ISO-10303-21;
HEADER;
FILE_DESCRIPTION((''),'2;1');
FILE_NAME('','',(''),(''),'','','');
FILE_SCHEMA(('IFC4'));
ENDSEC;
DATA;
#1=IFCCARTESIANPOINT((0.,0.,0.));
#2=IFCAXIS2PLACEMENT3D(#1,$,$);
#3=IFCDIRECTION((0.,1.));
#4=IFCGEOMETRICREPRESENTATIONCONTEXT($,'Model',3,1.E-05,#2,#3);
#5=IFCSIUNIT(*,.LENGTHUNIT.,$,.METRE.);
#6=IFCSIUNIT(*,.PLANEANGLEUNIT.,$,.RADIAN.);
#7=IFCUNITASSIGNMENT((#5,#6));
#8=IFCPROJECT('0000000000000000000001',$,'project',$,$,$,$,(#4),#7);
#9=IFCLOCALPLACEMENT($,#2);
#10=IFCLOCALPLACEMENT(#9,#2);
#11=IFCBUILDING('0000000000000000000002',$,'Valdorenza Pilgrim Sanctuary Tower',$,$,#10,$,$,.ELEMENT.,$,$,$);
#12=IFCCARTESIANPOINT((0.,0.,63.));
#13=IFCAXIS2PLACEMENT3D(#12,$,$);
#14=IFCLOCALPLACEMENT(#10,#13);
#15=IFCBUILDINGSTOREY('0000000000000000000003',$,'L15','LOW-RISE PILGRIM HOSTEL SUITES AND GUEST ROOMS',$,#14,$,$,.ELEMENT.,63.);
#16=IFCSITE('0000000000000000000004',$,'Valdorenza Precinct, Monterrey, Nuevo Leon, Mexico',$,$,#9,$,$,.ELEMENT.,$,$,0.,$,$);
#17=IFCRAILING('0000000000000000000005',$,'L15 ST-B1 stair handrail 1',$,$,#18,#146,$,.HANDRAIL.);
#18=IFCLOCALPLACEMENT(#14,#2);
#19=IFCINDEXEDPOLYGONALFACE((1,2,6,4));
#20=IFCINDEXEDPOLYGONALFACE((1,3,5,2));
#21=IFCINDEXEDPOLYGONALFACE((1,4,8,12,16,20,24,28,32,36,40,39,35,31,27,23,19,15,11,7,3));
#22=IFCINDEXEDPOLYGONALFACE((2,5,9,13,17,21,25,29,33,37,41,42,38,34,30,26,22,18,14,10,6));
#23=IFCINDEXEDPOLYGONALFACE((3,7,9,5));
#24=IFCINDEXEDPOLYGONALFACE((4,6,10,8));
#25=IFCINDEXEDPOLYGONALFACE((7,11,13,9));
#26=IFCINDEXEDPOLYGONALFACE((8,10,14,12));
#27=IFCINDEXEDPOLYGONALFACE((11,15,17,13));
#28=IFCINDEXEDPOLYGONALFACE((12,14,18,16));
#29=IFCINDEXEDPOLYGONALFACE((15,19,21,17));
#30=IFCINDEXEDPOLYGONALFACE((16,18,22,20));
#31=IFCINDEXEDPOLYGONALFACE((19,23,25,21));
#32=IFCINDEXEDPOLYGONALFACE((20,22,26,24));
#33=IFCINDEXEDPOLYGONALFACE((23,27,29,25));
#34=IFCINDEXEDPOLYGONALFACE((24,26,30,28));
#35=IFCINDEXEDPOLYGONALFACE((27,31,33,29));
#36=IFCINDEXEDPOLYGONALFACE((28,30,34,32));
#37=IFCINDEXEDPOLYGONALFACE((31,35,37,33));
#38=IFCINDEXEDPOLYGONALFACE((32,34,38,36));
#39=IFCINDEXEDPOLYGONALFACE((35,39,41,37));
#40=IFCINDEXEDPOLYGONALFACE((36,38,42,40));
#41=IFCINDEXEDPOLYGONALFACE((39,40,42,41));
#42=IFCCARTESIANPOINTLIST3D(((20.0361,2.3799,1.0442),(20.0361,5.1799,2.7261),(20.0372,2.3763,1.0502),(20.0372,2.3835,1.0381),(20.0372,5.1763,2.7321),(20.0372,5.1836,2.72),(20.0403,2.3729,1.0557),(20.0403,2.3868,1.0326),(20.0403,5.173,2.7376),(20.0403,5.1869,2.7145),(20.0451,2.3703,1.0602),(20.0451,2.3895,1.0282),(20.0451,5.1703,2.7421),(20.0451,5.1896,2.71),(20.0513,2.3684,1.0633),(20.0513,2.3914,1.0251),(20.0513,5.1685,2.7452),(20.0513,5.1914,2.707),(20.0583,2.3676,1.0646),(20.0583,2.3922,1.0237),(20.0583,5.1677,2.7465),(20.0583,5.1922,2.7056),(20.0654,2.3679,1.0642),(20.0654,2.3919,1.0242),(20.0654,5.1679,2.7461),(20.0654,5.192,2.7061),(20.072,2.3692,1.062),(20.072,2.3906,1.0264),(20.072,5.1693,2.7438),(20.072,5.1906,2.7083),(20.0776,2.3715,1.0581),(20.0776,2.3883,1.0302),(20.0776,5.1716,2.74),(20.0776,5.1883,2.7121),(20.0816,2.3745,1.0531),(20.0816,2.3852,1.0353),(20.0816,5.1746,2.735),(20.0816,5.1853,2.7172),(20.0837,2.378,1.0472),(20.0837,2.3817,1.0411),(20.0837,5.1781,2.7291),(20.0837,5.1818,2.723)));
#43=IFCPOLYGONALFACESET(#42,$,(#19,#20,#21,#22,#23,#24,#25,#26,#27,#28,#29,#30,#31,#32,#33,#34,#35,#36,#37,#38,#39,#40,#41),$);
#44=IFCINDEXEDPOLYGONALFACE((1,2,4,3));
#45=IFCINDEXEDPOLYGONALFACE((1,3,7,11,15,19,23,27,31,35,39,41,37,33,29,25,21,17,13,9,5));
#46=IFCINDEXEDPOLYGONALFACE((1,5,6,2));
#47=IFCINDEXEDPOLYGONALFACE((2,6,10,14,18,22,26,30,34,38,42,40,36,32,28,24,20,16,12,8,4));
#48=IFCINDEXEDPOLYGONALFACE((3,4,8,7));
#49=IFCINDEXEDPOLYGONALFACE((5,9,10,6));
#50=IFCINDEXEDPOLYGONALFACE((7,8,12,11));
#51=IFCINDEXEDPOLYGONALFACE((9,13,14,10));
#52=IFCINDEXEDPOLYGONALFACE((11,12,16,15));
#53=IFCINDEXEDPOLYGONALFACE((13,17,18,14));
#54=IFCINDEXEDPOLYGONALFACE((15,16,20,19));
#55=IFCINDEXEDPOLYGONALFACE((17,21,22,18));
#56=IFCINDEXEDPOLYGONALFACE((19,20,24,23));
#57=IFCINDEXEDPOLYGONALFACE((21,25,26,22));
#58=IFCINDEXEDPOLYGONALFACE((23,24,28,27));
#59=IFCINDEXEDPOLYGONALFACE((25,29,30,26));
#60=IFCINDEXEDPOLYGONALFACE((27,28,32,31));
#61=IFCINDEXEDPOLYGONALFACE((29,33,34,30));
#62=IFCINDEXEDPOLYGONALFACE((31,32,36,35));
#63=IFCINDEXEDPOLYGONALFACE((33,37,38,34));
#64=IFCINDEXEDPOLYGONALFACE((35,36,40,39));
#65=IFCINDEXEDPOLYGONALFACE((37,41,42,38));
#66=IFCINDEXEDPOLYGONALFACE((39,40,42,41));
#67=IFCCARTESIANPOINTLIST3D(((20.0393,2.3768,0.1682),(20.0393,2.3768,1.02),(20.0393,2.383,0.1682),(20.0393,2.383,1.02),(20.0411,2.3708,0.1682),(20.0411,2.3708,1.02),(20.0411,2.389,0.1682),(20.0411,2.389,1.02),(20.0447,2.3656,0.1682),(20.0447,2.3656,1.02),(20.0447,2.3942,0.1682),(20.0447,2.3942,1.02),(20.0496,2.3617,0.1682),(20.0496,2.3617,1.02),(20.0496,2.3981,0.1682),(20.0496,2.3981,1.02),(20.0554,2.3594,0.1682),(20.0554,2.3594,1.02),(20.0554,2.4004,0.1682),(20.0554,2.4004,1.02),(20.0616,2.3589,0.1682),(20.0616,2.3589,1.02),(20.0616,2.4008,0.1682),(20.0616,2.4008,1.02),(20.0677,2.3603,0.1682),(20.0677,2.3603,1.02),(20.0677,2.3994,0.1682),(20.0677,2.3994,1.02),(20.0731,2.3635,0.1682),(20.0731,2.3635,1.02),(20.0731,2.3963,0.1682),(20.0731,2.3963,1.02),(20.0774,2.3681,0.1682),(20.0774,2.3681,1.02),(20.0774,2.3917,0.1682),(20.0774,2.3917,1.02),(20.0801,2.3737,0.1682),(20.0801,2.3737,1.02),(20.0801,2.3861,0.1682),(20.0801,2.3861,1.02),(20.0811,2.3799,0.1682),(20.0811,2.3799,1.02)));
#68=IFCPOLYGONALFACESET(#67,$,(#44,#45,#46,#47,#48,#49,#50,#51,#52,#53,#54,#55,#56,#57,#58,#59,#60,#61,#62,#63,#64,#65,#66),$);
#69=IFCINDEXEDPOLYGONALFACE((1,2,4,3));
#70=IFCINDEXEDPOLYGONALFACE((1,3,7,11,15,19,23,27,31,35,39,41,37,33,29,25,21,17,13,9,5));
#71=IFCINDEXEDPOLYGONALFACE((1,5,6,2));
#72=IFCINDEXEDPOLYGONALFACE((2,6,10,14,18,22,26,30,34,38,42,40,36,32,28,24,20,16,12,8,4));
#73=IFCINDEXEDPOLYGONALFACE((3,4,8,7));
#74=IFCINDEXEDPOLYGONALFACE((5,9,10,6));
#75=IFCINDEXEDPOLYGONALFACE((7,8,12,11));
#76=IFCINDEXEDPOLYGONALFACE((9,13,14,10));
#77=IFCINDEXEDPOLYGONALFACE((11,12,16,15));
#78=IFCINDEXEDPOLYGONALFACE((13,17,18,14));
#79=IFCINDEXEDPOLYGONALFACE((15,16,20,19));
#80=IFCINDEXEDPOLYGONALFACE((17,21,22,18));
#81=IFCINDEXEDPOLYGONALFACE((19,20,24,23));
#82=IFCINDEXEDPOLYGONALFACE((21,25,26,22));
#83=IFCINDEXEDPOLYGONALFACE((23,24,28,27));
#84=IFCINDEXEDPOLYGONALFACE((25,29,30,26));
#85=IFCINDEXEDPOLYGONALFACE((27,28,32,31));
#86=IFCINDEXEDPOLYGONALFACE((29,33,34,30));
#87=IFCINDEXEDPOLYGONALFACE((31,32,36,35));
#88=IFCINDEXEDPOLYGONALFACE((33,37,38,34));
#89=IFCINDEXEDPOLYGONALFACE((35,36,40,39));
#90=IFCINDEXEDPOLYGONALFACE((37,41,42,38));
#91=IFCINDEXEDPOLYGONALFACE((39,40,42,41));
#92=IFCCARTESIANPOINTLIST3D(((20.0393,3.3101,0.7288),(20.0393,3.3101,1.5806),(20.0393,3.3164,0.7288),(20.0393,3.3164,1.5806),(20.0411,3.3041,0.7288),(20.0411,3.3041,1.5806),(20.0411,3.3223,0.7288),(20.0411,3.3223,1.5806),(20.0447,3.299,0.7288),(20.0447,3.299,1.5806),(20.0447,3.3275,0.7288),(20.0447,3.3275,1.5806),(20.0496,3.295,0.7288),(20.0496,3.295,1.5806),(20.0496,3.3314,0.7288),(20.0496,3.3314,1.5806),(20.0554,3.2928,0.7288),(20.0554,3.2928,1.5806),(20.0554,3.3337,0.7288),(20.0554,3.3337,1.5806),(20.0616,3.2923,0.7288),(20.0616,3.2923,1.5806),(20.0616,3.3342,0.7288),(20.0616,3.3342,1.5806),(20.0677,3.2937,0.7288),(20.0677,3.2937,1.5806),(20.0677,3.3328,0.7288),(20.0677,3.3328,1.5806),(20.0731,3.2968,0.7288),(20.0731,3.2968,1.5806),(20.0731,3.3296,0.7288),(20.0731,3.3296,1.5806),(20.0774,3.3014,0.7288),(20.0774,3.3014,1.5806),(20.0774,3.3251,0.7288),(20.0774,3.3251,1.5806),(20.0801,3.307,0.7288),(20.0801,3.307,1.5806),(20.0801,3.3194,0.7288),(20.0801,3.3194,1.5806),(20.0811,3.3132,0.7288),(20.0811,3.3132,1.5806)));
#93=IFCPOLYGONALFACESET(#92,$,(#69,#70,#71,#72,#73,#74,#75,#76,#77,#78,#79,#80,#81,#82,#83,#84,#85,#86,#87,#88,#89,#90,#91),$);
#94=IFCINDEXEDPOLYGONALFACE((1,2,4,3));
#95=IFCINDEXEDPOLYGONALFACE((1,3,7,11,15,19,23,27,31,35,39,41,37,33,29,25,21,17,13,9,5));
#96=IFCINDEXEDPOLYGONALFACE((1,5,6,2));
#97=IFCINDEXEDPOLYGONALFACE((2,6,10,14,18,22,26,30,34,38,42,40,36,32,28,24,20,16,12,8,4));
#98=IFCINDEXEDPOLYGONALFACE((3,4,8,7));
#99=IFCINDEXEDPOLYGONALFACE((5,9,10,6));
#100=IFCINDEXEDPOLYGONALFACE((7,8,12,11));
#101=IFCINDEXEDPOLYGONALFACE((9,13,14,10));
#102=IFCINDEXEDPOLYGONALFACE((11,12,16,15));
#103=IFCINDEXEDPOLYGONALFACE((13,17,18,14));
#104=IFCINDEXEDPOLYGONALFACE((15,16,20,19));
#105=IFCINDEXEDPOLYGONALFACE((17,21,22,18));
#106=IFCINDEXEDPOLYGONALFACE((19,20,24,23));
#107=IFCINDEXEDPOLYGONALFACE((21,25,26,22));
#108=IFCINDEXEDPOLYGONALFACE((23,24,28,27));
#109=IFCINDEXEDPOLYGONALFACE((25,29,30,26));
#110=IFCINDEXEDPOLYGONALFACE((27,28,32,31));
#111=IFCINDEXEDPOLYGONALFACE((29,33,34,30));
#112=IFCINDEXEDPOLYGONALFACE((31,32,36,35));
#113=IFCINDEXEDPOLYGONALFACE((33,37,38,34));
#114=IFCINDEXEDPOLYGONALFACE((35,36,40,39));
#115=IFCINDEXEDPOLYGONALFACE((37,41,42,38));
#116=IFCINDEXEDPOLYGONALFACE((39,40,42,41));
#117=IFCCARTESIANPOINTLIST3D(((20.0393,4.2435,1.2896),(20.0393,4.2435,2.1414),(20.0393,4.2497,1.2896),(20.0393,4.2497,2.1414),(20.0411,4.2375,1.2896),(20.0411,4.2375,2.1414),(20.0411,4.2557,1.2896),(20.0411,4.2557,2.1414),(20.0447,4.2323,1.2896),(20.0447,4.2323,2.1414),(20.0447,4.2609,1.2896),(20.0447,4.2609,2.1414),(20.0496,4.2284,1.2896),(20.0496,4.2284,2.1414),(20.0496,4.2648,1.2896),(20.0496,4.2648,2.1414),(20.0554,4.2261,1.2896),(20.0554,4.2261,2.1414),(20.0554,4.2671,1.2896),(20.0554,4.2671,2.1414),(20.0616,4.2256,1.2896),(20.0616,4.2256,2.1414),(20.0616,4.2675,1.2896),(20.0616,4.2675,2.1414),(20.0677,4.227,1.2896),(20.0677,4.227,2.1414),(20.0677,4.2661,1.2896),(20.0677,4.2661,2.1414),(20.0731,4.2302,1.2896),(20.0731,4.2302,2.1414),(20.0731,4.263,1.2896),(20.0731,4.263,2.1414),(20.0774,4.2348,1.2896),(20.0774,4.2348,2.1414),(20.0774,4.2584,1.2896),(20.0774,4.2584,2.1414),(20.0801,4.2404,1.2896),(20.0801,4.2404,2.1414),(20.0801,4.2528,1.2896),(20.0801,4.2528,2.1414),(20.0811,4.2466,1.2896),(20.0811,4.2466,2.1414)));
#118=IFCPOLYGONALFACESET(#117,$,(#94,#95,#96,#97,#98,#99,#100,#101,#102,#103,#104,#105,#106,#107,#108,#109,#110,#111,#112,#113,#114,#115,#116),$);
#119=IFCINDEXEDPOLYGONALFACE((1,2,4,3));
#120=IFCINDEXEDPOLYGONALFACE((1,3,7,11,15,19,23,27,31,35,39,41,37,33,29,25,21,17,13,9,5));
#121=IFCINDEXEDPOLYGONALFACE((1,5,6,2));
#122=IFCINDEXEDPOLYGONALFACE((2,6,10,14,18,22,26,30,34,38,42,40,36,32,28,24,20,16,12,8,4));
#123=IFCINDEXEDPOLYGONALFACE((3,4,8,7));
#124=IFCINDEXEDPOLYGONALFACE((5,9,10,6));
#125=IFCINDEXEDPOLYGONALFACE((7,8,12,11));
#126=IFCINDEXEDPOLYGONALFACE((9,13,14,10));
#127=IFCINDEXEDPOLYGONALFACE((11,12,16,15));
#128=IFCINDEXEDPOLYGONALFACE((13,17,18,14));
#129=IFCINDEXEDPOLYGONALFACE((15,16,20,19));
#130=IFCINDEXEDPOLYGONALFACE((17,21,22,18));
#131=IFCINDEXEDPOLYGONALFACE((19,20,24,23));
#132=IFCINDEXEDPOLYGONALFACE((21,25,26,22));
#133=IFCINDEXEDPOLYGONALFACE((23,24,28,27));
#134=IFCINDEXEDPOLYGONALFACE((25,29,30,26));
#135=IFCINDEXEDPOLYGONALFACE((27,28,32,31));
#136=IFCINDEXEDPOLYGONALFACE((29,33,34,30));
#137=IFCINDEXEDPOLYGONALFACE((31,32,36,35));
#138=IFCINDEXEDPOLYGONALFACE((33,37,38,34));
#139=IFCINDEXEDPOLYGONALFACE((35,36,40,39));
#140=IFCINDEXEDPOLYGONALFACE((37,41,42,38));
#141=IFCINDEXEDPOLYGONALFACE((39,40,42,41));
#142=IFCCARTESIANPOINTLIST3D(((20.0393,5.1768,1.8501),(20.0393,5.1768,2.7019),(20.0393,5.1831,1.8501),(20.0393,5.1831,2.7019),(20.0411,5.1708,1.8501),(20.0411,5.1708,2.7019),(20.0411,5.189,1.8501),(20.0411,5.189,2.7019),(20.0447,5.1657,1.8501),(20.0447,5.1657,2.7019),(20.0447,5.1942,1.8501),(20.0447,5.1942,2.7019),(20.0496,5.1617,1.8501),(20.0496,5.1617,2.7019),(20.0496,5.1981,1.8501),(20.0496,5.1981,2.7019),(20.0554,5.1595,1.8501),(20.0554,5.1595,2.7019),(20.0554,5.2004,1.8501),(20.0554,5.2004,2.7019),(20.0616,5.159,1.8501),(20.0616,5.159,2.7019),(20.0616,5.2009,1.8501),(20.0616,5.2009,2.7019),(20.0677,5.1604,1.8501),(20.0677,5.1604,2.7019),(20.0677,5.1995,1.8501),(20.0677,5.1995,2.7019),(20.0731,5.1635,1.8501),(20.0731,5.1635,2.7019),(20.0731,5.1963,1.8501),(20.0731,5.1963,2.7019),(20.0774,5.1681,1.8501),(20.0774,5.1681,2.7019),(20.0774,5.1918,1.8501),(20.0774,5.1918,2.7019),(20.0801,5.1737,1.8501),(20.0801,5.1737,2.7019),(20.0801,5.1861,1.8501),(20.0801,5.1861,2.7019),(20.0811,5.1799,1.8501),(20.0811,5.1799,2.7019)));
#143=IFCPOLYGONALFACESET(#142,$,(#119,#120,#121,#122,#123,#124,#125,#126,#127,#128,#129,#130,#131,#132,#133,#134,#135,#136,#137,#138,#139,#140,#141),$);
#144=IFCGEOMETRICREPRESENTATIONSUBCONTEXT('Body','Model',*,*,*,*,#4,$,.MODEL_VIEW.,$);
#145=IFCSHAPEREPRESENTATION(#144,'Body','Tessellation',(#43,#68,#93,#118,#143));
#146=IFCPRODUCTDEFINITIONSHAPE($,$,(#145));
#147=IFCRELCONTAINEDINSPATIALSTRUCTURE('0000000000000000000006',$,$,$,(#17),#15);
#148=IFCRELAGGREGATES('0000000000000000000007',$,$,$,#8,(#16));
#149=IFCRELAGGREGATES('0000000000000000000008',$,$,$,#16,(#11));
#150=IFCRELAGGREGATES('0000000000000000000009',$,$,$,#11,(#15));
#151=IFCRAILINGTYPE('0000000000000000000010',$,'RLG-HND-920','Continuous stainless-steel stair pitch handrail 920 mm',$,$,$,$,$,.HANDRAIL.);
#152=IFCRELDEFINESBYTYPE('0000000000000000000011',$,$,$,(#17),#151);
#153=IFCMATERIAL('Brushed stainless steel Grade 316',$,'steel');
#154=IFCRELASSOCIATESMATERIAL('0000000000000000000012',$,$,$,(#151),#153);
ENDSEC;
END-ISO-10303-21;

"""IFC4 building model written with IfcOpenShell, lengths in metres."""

from ifc_helpers import new_model, si_unit, direction, frame, origin, origin_2d, place, context, subcontext, project, spatial, circle, extrude, material, type_object, element, save


model = new_model("IFC4")

# Units and contexts
model_context = context("Model", 3, precision=1e-05, world=origin(), true_north=direction((0.0, 1.0)))
body_context = subcontext(model_context, "Body", "Model", "MODEL_VIEW")
ifc_project = project(units=[si_unit("LENGTHUNIT", "METRE"), si_unit("PLANEANGLEUNIT", "RADIAN")], contexts=[model_context])

# Site, building, storey
site_placement = place(None, origin())
site = spatial("IfcSite", under=ifc_project, at=site_placement, Name="Valdorenza Precinct, Monterrey, Nuevo Leon, Mexico", CompositionType="ELEMENT", RefElevation=0.0)
building_placement = place(site_placement, origin())
building = spatial("IfcBuilding", under=site, at=building_placement, Name="Valdorenza Pilgrim Sanctuary Tower", CompositionType="ELEMENT")
storey_placement = place(building_placement, frame((0.0, 0.0, 63.0)))
storey = spatial("IfcBuildingStorey", under=building, at=storey_placement, Name="L15", Description="LOW-RISE PILGRIM HOSTEL SUITES AND GUEST ROOMS", CompositionType="ELEMENT", Elevation=63.0)

# Railing
ifc_material_1 = material(Name="Brushed stainless steel Grade 316", Category="steel")
railing_type_1 = type_object("IfcRailingType", Name="RLG-HND-920", Description="Continuous stainless-steel stair pitch handrail 920 mm", PredefinedType="HANDRAIL", material=ifc_material_1)
railing_1_placement = place(storey_placement, frame((20.0601, 2.3799, 0.1682)))
element("IfcRailing", 1, at=railing_1_placement, inside=storey, type_object=railing_type_1, Name="L15 ST-B1 stair handrail 1", PredefinedType="HANDRAIL", context=body_context, shape_type="SweptSolid", body=[
    extrude(circle(Radius=0.0239, at=origin_2d()), frame((0.0, 0.0, 0.876), z_axis=(0.0, 0.857242, 0.514913), x_axis=(-1.0, 0.0, 0.0)), (0.0, 0.0, 1.0), 3.2664),
    extrude(circle(Radius=0.021, at=origin_2d()), origin(), (0.0, 0.0, 1.0), 0.8518),
    extrude(circle(Radius=0.021, at=origin_2d()), frame((0.0, 0.9333, 0.5605)), (0.0, 0.0, 1.0), 0.8518),
    extrude(circle(Radius=0.021, at=origin_2d()), frame((0.0, 1.8667, 1.1213)), (0.0, 0.0, 1.0), 0.8518),
    extrude(circle(Radius=0.021, at=origin_2d()), frame((0.0, 2.8, 1.6819)), (0.0, 0.0, 1.0), 0.8518),
])

save(model, "model.ifc")
